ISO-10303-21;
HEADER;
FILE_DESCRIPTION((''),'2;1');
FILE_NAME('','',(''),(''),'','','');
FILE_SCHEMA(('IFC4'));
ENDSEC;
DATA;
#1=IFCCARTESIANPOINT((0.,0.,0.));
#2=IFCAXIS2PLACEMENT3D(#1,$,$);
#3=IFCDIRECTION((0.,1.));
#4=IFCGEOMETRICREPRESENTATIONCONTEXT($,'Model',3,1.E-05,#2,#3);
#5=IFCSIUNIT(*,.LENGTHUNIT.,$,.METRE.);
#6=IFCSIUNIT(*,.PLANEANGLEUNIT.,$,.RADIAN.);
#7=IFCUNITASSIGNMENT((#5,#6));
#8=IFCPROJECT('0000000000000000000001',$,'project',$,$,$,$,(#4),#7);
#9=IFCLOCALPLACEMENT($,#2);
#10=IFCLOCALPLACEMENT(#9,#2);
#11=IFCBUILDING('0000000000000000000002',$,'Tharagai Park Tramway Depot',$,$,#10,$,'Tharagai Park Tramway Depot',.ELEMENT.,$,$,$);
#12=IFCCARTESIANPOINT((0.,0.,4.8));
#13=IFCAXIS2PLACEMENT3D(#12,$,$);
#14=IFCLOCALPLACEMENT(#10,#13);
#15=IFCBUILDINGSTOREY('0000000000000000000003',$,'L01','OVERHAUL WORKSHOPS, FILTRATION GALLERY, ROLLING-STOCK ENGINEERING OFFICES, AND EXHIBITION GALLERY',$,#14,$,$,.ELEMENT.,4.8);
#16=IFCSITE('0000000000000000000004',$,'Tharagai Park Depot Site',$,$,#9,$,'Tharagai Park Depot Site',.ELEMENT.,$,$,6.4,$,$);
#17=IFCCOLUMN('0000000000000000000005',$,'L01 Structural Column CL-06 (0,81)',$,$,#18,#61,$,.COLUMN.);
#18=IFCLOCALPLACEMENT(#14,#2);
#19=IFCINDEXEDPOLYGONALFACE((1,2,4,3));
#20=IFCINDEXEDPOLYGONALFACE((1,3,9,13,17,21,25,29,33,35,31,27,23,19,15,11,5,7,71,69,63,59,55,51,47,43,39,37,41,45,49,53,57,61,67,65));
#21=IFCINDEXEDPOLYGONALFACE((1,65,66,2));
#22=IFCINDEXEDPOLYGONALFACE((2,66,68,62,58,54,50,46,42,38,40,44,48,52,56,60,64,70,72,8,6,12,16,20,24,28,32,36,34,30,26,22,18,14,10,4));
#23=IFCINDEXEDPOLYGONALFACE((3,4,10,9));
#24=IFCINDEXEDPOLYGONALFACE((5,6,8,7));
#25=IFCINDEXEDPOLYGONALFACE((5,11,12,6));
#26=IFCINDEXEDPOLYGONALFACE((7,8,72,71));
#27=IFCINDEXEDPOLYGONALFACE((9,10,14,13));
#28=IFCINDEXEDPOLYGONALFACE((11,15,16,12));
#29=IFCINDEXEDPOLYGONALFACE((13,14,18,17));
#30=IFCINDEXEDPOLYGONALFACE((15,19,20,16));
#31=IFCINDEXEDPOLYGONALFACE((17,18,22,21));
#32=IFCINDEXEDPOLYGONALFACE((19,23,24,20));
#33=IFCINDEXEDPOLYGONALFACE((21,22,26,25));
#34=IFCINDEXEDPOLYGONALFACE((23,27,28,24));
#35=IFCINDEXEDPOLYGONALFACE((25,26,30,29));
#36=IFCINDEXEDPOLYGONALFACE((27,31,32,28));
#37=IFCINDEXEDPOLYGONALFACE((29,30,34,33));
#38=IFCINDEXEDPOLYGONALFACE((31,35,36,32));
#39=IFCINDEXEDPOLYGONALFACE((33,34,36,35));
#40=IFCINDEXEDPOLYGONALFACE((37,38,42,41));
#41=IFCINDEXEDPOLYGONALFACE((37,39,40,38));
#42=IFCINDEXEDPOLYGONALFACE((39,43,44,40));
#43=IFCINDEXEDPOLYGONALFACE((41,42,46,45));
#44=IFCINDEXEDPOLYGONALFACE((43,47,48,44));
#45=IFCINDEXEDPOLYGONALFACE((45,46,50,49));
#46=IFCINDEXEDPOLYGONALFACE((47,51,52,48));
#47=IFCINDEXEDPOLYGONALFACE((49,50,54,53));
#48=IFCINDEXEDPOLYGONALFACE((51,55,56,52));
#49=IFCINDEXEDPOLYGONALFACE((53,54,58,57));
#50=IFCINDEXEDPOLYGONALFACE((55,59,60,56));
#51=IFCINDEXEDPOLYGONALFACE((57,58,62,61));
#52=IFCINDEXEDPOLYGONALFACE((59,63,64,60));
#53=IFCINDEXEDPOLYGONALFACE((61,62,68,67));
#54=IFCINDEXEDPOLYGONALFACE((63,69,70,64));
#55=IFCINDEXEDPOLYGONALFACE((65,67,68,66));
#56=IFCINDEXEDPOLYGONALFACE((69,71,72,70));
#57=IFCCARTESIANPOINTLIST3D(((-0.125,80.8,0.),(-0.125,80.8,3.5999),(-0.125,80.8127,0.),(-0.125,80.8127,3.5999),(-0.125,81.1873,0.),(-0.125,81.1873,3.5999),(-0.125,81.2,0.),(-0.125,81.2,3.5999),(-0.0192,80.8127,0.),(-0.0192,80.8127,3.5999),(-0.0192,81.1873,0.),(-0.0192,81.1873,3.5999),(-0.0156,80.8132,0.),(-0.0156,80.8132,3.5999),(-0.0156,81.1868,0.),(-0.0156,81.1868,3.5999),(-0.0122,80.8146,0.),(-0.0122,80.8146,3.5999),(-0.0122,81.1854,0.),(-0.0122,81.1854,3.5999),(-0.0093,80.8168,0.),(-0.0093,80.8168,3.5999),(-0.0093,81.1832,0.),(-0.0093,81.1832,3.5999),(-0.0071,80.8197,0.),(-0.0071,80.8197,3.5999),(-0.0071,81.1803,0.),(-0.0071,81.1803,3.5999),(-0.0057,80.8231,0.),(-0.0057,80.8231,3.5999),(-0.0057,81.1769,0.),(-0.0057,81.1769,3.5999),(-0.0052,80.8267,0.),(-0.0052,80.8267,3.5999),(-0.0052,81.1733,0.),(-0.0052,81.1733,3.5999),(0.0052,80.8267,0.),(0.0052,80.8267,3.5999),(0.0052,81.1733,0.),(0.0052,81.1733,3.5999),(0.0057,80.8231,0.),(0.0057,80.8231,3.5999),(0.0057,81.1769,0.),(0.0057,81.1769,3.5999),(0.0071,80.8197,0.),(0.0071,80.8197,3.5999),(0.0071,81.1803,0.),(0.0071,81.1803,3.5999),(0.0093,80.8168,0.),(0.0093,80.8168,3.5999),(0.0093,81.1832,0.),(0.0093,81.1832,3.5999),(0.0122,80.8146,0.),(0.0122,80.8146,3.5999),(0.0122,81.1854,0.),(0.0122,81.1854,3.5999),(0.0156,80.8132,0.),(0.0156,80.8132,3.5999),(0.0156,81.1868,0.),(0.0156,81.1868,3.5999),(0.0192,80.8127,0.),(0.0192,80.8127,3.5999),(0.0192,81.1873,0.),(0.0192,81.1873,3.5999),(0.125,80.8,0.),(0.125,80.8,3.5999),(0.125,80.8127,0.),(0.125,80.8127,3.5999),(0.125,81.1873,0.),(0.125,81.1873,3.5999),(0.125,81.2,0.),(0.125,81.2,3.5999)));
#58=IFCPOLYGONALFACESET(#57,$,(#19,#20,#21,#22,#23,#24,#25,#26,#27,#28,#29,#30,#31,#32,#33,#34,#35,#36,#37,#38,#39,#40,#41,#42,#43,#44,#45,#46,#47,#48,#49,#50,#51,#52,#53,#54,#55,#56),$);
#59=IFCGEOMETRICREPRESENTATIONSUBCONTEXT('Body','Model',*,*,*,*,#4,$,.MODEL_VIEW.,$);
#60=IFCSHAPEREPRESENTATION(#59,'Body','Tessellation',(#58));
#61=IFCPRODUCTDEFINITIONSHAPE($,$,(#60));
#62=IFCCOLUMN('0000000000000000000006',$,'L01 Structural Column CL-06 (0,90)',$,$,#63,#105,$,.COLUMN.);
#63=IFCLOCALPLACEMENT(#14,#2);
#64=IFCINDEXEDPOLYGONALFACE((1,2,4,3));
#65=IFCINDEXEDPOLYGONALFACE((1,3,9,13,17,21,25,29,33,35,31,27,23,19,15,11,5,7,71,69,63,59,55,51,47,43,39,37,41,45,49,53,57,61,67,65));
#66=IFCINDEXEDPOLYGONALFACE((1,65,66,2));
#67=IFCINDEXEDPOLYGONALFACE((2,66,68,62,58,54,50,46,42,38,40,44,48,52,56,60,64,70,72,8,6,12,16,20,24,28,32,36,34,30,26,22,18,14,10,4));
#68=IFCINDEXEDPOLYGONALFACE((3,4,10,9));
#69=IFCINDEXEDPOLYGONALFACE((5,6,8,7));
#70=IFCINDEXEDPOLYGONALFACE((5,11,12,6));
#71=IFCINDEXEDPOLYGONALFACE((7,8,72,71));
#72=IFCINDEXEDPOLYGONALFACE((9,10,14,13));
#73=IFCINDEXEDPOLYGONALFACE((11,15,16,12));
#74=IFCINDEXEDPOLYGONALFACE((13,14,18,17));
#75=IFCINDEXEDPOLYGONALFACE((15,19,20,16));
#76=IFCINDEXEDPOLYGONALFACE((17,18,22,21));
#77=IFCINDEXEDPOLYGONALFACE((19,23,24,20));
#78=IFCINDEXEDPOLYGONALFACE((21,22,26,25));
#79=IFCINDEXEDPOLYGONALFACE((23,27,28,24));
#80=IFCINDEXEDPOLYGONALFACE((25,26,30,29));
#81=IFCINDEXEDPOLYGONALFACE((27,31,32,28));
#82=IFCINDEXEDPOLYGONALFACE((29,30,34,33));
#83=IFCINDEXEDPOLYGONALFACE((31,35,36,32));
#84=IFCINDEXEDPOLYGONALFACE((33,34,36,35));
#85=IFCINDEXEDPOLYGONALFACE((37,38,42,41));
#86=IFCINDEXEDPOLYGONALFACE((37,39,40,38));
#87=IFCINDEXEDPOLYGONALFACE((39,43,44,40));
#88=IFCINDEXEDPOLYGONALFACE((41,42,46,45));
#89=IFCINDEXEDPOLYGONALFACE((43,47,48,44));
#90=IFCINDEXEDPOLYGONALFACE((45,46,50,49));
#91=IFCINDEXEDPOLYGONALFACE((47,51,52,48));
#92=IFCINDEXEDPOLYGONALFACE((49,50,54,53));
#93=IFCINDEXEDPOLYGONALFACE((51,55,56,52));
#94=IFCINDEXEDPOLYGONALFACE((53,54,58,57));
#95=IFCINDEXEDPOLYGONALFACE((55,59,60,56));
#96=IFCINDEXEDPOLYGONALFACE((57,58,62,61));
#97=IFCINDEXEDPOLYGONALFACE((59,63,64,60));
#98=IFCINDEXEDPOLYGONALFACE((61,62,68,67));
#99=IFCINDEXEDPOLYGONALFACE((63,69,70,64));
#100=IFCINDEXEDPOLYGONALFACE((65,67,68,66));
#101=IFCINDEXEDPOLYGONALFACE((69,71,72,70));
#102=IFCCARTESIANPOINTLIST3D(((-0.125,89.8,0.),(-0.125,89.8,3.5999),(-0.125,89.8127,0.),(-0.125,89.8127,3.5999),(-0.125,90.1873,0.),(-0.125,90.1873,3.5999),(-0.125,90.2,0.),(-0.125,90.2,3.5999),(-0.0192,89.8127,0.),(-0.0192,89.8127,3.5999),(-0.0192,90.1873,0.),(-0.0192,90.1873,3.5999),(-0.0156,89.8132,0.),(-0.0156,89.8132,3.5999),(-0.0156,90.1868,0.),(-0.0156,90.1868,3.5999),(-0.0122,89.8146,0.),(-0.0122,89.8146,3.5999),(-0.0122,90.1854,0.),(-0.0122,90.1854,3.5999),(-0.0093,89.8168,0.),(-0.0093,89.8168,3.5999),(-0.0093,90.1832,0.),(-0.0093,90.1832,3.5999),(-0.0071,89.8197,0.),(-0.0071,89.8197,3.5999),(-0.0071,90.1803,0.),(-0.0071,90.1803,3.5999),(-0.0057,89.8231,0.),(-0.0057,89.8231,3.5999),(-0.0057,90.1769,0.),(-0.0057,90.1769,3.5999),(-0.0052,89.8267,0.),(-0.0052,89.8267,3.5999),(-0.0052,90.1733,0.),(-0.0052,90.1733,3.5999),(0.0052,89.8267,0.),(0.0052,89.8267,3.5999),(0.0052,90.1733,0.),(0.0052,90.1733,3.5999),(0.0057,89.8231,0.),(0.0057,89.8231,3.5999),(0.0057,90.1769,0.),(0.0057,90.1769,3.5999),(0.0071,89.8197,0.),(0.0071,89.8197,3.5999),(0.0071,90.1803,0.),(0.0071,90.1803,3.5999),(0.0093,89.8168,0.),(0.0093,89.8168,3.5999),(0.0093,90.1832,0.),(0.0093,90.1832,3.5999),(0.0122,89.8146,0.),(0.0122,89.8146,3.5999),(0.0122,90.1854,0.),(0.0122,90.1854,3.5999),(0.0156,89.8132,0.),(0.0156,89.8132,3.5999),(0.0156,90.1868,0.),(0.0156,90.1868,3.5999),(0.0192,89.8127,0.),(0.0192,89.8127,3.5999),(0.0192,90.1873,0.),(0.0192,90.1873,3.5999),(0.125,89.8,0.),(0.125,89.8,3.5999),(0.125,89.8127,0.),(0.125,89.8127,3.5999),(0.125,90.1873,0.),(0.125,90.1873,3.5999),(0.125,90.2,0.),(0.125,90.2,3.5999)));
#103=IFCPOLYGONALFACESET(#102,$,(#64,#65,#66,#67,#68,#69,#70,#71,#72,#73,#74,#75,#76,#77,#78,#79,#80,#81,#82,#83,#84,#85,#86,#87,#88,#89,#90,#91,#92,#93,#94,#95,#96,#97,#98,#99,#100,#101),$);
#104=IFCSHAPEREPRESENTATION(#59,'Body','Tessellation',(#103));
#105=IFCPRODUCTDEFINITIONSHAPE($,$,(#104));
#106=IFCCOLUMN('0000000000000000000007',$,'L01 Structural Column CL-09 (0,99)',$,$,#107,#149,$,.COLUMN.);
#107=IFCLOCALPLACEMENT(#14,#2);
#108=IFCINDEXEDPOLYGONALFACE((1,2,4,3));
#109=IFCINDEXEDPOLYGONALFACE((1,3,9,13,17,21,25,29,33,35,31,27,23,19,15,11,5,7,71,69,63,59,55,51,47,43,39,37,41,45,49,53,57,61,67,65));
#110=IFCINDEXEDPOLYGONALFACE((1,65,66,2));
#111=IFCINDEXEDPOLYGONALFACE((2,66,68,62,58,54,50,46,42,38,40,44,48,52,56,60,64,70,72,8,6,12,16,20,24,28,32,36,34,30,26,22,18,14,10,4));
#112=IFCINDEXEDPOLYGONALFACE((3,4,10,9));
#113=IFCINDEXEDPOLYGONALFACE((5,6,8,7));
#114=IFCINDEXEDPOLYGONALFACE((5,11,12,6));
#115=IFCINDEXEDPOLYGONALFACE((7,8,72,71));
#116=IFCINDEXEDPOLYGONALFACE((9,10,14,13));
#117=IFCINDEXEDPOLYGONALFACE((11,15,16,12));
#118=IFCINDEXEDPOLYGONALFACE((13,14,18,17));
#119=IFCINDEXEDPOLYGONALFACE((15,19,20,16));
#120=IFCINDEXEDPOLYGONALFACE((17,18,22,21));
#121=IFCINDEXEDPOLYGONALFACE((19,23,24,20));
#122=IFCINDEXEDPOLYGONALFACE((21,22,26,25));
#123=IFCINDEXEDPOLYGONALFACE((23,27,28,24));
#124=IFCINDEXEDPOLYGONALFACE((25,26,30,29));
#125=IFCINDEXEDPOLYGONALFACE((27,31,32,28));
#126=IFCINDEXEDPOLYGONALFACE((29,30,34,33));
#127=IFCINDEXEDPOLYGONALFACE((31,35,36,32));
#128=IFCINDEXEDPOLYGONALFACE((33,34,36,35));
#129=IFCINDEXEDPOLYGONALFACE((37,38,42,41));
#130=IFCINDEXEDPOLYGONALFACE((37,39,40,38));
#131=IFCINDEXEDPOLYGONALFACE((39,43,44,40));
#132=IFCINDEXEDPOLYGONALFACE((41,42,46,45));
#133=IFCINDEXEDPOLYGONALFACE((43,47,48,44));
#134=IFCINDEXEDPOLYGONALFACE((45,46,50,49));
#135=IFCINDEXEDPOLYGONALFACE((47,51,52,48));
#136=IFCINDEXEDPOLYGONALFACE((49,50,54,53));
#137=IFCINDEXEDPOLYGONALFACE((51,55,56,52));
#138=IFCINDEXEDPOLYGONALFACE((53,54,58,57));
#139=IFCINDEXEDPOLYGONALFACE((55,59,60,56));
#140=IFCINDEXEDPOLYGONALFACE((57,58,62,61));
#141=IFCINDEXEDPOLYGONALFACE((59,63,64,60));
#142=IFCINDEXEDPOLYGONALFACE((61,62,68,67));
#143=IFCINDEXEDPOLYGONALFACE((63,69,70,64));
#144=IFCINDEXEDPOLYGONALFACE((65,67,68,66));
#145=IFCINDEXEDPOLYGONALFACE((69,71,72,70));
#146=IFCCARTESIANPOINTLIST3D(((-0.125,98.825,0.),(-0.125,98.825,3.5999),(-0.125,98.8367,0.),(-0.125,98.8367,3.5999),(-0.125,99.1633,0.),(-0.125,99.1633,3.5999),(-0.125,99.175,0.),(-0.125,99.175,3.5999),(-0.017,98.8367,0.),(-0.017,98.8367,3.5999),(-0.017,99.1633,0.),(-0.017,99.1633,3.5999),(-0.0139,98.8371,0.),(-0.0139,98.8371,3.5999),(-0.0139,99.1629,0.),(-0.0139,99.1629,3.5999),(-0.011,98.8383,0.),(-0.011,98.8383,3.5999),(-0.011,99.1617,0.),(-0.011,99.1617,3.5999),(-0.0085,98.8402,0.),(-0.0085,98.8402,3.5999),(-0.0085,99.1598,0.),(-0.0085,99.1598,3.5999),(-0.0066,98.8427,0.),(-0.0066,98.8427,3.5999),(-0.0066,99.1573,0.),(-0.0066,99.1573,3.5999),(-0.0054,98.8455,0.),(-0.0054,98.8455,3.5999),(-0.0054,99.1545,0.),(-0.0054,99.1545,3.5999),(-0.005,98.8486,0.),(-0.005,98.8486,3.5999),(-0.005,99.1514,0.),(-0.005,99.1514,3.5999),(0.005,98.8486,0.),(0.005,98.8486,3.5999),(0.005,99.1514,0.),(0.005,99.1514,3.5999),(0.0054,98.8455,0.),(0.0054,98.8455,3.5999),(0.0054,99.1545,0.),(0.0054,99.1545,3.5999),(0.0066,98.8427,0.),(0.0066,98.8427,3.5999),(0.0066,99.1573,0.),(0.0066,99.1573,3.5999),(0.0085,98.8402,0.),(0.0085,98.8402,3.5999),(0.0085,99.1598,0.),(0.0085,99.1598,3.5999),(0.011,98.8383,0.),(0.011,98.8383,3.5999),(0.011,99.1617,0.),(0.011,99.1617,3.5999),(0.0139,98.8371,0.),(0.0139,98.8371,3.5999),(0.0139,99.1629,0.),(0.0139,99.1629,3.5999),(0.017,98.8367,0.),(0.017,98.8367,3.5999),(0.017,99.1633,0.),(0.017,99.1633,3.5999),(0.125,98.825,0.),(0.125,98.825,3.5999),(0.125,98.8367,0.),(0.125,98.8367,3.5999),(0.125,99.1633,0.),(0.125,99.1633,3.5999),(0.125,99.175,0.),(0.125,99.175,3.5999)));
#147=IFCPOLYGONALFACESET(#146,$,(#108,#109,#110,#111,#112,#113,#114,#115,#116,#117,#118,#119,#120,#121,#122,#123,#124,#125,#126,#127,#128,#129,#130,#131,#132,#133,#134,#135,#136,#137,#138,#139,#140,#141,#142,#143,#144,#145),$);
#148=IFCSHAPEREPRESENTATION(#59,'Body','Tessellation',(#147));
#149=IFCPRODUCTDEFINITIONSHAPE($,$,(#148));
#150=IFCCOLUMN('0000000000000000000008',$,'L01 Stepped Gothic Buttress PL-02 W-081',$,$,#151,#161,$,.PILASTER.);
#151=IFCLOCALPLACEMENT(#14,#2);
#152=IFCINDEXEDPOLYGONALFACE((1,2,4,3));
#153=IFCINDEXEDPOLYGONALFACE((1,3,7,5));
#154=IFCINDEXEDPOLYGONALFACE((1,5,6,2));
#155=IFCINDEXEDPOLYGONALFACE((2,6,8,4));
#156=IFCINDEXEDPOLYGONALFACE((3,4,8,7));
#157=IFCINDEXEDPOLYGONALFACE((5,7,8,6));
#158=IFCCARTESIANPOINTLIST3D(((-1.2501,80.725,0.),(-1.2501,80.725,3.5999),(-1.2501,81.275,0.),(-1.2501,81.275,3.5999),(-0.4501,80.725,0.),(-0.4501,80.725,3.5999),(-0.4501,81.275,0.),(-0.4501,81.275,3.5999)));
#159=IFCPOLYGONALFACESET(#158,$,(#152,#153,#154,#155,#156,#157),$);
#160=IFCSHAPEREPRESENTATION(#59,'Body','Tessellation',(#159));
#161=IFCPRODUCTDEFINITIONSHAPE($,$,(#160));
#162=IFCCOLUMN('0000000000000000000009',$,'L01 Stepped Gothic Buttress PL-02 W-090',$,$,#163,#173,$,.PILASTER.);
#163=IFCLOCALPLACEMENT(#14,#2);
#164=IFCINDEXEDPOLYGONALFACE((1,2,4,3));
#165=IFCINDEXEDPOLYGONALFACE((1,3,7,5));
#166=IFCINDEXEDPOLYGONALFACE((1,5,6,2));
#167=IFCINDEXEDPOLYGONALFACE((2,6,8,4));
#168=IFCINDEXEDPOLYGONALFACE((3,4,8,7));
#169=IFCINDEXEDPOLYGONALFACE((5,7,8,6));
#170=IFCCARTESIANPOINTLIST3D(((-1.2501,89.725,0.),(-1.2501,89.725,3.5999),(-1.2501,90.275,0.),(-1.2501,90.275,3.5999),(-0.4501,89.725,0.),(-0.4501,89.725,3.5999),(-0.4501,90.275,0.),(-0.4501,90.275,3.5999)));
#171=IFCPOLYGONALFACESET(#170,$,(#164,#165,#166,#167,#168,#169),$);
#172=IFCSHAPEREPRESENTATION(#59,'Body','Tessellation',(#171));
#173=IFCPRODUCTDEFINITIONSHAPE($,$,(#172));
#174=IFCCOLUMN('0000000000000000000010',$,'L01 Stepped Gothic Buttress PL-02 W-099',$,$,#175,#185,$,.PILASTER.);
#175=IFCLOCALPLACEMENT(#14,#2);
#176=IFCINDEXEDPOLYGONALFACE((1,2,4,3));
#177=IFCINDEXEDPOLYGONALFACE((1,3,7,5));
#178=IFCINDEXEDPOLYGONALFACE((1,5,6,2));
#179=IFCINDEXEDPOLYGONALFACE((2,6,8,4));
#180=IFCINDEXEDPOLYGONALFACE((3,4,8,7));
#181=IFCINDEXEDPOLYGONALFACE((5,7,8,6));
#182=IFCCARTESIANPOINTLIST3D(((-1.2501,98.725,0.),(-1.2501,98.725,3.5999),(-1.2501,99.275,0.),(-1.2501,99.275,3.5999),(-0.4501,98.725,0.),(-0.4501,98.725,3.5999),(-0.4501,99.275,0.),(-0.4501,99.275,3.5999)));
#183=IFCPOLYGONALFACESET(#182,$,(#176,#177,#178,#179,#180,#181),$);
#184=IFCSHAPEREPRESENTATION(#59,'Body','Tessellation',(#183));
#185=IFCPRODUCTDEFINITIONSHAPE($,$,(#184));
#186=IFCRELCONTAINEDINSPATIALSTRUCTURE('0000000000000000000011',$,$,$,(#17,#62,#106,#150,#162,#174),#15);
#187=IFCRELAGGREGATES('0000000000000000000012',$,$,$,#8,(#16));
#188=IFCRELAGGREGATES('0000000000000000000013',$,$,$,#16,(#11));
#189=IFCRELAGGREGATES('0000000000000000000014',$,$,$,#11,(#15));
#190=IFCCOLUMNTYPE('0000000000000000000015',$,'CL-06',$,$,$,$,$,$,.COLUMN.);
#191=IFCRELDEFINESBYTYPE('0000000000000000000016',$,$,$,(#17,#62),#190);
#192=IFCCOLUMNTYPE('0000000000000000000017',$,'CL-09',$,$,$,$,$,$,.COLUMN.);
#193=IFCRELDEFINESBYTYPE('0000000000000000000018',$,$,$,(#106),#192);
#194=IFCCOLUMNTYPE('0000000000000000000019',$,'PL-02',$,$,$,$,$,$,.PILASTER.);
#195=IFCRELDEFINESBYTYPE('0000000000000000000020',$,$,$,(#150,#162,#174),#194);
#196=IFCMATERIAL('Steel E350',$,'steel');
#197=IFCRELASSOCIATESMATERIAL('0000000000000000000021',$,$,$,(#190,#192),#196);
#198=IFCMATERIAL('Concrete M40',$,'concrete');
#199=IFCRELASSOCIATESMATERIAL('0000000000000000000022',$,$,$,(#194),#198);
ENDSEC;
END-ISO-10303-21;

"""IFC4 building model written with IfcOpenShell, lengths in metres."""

from ifc_helpers import new_model, si_unit, direction, frame, origin, origin_2d, place, context, subcontext, project, spatial, rectangle, i_section, extrude, material, material_profile, profile_set, type_object, element, save


model = new_model("IFC4")

# Units and contexts
model_context = context("Model", 3, precision=1e-05, world=origin(), true_north=direction((0.0, 1.0)))
body_context = subcontext(model_context, "Body", "Model", "MODEL_VIEW")
ifc_project = project(units=[si_unit("LENGTHUNIT", "METRE"), si_unit("PLANEANGLEUNIT", "RADIAN")], contexts=[model_context])

# Site, building, storey
site_placement = place(None, origin())
site = spatial("IfcSite", under=ifc_project, at=site_placement, Name="Tharagai Park Depot Site", LongName="Tharagai Park Depot Site", CompositionType="ELEMENT", RefElevation=6.4)
building_placement = place(site_placement, origin())
building = spatial("IfcBuilding", under=site, at=building_placement, Name="Tharagai Park Tramway Depot", LongName="Tharagai Park Tramway Depot", CompositionType="ELEMENT")
storey_placement = place(building_placement, frame((0.0, 0.0, 4.8)))
storey = spatial("IfcBuildingStorey", under=building, at=storey_placement, Name="L01", Description="OVERHAUL WORKSHOPS, FILTRATION GALLERY, ROLLING-STOCK ENGINEERING OFFICES, AND EXHIBITION GALLERY", CompositionType="ELEMENT", Elevation=4.8)

# Columns
ifc_material_1 = material(Name="Steel E350", Category="steel")
ifc_material_profile_1 = material_profile(ifc_material_1, i_section(OverallWidth=0.25, OverallDepth=0.3999, WebThickness=0.0105, FlangeThickness=0.0127, FilletRadius=0.0139, at=origin_2d()), Name="ISHB 400")
ifc_profile_set_1 = profile_set([ifc_material_profile_1], Name="Steel E350")
column_type_1 = type_object("IfcColumnType", Name="CL-06", PredefinedType="COLUMN", material=ifc_profile_set_1)
for number, where, z_axis, x_axis, name in (
    (1, (0.0, 81.0, 0.0), (0.0, 0.0, 1.0), (1.0, 0.0, 0.0), "L01 Structural Column CL-06 (0,81)"),
    (2, (0.0, 90.0, 0.0), (0.0, 0.0, 1.0), (1.0, 0.0, 0.0), "L01 Structural Column CL-06 (0,90)"),
):
    element("IfcColumn", number, at=place(storey_placement, frame(where, z_axis=z_axis, x_axis=x_axis)), inside=storey, type_object=column_type_1, Name=name, PredefinedType="COLUMN", context=body_context, shape_type="SweptSolid", body=[
        extrude(i_section(OverallWidth=0.25, OverallDepth=0.3999, WebThickness=0.0105, FlangeThickness=0.0127, FilletRadius=0.0139, at=origin_2d()), origin(), (0.0, 0.0, 1.0), 3.5999),
    ])
ifc_material_profile_2 = material_profile(ifc_material_1, i_section(OverallWidth=0.25, OverallDepth=0.3501, WebThickness=0.01, FlangeThickness=0.0117, FilletRadius=0.012, at=origin_2d()), Name="ISHB 350")
ifc_profile_set_2 = profile_set([ifc_material_profile_2], Name="Steel E350")
column_type_2 = type_object("IfcColumnType", Name="CL-09", PredefinedType="COLUMN", material=ifc_profile_set_2)
column_placement = place(storey_placement, frame((0.0, 99.0, 0.0), z_axis=(0.0, 0.0, 1.0), x_axis=(1.0, 0.0, 0.0)))
element("IfcColumn", 3, at=column_placement, inside=storey, type_object=column_type_2, Name="L01 Structural Column CL-09 (0,99)", PredefinedType="COLUMN", context=body_context, shape_type="SweptSolid", body=[
    extrude(i_section(OverallWidth=0.25, OverallDepth=0.3501, WebThickness=0.01, FlangeThickness=0.0117, FilletRadius=0.012, at=origin_2d()), origin(), (0.0, 0.0, 1.0), 3.5999),
])
ifc_material_2 = material(Name="Concrete M40", Category="concrete")
ifc_material_profile_3 = material_profile(ifc_material_2, rectangle(XDim=0.55, YDim=0.8, at=origin_2d()), Name="RC 550x800")
ifc_profile_set_3 = profile_set([ifc_material_profile_3], Name="Concrete M40")
column_type_3 = type_object("IfcColumnType", Name="PL-02", PredefinedType="PILASTER", material=ifc_profile_set_3)
for number, where, z_axis, x_axis, name in (
    (4, (-0.8501, 81.0, 0.0), (0.0, 0.0, 1.0), (0.0, 1.0, 0.0), "L01 Stepped Gothic Buttress PL-02 W-081"),
    (5, (-0.8501, 90.0, 0.0), (0.0, 0.0, 1.0), (0.0, 1.0, 0.0), "L01 Stepped Gothic Buttress PL-02 W-090"),
    (6, (-0.8501, 99.0, 0.0), (0.0, 0.0, 1.0), (0.0, 1.0, 0.0), "L01 Stepped Gothic Buttress PL-02 W-099"),
):
    element("IfcColumn", number, at=place(storey_placement, frame(where, z_axis=z_axis, x_axis=x_axis)), inside=storey, type_object=column_type_3, Name=name, PredefinedType="PILASTER", context=body_context, shape_type="SweptSolid", body=[
        extrude(rectangle(XDim=0.55, YDim=0.8, at=origin_2d()), origin(), (0.0, 0.0, 1.0), 3.5999),
    ])

save(model, "model.ifc")
